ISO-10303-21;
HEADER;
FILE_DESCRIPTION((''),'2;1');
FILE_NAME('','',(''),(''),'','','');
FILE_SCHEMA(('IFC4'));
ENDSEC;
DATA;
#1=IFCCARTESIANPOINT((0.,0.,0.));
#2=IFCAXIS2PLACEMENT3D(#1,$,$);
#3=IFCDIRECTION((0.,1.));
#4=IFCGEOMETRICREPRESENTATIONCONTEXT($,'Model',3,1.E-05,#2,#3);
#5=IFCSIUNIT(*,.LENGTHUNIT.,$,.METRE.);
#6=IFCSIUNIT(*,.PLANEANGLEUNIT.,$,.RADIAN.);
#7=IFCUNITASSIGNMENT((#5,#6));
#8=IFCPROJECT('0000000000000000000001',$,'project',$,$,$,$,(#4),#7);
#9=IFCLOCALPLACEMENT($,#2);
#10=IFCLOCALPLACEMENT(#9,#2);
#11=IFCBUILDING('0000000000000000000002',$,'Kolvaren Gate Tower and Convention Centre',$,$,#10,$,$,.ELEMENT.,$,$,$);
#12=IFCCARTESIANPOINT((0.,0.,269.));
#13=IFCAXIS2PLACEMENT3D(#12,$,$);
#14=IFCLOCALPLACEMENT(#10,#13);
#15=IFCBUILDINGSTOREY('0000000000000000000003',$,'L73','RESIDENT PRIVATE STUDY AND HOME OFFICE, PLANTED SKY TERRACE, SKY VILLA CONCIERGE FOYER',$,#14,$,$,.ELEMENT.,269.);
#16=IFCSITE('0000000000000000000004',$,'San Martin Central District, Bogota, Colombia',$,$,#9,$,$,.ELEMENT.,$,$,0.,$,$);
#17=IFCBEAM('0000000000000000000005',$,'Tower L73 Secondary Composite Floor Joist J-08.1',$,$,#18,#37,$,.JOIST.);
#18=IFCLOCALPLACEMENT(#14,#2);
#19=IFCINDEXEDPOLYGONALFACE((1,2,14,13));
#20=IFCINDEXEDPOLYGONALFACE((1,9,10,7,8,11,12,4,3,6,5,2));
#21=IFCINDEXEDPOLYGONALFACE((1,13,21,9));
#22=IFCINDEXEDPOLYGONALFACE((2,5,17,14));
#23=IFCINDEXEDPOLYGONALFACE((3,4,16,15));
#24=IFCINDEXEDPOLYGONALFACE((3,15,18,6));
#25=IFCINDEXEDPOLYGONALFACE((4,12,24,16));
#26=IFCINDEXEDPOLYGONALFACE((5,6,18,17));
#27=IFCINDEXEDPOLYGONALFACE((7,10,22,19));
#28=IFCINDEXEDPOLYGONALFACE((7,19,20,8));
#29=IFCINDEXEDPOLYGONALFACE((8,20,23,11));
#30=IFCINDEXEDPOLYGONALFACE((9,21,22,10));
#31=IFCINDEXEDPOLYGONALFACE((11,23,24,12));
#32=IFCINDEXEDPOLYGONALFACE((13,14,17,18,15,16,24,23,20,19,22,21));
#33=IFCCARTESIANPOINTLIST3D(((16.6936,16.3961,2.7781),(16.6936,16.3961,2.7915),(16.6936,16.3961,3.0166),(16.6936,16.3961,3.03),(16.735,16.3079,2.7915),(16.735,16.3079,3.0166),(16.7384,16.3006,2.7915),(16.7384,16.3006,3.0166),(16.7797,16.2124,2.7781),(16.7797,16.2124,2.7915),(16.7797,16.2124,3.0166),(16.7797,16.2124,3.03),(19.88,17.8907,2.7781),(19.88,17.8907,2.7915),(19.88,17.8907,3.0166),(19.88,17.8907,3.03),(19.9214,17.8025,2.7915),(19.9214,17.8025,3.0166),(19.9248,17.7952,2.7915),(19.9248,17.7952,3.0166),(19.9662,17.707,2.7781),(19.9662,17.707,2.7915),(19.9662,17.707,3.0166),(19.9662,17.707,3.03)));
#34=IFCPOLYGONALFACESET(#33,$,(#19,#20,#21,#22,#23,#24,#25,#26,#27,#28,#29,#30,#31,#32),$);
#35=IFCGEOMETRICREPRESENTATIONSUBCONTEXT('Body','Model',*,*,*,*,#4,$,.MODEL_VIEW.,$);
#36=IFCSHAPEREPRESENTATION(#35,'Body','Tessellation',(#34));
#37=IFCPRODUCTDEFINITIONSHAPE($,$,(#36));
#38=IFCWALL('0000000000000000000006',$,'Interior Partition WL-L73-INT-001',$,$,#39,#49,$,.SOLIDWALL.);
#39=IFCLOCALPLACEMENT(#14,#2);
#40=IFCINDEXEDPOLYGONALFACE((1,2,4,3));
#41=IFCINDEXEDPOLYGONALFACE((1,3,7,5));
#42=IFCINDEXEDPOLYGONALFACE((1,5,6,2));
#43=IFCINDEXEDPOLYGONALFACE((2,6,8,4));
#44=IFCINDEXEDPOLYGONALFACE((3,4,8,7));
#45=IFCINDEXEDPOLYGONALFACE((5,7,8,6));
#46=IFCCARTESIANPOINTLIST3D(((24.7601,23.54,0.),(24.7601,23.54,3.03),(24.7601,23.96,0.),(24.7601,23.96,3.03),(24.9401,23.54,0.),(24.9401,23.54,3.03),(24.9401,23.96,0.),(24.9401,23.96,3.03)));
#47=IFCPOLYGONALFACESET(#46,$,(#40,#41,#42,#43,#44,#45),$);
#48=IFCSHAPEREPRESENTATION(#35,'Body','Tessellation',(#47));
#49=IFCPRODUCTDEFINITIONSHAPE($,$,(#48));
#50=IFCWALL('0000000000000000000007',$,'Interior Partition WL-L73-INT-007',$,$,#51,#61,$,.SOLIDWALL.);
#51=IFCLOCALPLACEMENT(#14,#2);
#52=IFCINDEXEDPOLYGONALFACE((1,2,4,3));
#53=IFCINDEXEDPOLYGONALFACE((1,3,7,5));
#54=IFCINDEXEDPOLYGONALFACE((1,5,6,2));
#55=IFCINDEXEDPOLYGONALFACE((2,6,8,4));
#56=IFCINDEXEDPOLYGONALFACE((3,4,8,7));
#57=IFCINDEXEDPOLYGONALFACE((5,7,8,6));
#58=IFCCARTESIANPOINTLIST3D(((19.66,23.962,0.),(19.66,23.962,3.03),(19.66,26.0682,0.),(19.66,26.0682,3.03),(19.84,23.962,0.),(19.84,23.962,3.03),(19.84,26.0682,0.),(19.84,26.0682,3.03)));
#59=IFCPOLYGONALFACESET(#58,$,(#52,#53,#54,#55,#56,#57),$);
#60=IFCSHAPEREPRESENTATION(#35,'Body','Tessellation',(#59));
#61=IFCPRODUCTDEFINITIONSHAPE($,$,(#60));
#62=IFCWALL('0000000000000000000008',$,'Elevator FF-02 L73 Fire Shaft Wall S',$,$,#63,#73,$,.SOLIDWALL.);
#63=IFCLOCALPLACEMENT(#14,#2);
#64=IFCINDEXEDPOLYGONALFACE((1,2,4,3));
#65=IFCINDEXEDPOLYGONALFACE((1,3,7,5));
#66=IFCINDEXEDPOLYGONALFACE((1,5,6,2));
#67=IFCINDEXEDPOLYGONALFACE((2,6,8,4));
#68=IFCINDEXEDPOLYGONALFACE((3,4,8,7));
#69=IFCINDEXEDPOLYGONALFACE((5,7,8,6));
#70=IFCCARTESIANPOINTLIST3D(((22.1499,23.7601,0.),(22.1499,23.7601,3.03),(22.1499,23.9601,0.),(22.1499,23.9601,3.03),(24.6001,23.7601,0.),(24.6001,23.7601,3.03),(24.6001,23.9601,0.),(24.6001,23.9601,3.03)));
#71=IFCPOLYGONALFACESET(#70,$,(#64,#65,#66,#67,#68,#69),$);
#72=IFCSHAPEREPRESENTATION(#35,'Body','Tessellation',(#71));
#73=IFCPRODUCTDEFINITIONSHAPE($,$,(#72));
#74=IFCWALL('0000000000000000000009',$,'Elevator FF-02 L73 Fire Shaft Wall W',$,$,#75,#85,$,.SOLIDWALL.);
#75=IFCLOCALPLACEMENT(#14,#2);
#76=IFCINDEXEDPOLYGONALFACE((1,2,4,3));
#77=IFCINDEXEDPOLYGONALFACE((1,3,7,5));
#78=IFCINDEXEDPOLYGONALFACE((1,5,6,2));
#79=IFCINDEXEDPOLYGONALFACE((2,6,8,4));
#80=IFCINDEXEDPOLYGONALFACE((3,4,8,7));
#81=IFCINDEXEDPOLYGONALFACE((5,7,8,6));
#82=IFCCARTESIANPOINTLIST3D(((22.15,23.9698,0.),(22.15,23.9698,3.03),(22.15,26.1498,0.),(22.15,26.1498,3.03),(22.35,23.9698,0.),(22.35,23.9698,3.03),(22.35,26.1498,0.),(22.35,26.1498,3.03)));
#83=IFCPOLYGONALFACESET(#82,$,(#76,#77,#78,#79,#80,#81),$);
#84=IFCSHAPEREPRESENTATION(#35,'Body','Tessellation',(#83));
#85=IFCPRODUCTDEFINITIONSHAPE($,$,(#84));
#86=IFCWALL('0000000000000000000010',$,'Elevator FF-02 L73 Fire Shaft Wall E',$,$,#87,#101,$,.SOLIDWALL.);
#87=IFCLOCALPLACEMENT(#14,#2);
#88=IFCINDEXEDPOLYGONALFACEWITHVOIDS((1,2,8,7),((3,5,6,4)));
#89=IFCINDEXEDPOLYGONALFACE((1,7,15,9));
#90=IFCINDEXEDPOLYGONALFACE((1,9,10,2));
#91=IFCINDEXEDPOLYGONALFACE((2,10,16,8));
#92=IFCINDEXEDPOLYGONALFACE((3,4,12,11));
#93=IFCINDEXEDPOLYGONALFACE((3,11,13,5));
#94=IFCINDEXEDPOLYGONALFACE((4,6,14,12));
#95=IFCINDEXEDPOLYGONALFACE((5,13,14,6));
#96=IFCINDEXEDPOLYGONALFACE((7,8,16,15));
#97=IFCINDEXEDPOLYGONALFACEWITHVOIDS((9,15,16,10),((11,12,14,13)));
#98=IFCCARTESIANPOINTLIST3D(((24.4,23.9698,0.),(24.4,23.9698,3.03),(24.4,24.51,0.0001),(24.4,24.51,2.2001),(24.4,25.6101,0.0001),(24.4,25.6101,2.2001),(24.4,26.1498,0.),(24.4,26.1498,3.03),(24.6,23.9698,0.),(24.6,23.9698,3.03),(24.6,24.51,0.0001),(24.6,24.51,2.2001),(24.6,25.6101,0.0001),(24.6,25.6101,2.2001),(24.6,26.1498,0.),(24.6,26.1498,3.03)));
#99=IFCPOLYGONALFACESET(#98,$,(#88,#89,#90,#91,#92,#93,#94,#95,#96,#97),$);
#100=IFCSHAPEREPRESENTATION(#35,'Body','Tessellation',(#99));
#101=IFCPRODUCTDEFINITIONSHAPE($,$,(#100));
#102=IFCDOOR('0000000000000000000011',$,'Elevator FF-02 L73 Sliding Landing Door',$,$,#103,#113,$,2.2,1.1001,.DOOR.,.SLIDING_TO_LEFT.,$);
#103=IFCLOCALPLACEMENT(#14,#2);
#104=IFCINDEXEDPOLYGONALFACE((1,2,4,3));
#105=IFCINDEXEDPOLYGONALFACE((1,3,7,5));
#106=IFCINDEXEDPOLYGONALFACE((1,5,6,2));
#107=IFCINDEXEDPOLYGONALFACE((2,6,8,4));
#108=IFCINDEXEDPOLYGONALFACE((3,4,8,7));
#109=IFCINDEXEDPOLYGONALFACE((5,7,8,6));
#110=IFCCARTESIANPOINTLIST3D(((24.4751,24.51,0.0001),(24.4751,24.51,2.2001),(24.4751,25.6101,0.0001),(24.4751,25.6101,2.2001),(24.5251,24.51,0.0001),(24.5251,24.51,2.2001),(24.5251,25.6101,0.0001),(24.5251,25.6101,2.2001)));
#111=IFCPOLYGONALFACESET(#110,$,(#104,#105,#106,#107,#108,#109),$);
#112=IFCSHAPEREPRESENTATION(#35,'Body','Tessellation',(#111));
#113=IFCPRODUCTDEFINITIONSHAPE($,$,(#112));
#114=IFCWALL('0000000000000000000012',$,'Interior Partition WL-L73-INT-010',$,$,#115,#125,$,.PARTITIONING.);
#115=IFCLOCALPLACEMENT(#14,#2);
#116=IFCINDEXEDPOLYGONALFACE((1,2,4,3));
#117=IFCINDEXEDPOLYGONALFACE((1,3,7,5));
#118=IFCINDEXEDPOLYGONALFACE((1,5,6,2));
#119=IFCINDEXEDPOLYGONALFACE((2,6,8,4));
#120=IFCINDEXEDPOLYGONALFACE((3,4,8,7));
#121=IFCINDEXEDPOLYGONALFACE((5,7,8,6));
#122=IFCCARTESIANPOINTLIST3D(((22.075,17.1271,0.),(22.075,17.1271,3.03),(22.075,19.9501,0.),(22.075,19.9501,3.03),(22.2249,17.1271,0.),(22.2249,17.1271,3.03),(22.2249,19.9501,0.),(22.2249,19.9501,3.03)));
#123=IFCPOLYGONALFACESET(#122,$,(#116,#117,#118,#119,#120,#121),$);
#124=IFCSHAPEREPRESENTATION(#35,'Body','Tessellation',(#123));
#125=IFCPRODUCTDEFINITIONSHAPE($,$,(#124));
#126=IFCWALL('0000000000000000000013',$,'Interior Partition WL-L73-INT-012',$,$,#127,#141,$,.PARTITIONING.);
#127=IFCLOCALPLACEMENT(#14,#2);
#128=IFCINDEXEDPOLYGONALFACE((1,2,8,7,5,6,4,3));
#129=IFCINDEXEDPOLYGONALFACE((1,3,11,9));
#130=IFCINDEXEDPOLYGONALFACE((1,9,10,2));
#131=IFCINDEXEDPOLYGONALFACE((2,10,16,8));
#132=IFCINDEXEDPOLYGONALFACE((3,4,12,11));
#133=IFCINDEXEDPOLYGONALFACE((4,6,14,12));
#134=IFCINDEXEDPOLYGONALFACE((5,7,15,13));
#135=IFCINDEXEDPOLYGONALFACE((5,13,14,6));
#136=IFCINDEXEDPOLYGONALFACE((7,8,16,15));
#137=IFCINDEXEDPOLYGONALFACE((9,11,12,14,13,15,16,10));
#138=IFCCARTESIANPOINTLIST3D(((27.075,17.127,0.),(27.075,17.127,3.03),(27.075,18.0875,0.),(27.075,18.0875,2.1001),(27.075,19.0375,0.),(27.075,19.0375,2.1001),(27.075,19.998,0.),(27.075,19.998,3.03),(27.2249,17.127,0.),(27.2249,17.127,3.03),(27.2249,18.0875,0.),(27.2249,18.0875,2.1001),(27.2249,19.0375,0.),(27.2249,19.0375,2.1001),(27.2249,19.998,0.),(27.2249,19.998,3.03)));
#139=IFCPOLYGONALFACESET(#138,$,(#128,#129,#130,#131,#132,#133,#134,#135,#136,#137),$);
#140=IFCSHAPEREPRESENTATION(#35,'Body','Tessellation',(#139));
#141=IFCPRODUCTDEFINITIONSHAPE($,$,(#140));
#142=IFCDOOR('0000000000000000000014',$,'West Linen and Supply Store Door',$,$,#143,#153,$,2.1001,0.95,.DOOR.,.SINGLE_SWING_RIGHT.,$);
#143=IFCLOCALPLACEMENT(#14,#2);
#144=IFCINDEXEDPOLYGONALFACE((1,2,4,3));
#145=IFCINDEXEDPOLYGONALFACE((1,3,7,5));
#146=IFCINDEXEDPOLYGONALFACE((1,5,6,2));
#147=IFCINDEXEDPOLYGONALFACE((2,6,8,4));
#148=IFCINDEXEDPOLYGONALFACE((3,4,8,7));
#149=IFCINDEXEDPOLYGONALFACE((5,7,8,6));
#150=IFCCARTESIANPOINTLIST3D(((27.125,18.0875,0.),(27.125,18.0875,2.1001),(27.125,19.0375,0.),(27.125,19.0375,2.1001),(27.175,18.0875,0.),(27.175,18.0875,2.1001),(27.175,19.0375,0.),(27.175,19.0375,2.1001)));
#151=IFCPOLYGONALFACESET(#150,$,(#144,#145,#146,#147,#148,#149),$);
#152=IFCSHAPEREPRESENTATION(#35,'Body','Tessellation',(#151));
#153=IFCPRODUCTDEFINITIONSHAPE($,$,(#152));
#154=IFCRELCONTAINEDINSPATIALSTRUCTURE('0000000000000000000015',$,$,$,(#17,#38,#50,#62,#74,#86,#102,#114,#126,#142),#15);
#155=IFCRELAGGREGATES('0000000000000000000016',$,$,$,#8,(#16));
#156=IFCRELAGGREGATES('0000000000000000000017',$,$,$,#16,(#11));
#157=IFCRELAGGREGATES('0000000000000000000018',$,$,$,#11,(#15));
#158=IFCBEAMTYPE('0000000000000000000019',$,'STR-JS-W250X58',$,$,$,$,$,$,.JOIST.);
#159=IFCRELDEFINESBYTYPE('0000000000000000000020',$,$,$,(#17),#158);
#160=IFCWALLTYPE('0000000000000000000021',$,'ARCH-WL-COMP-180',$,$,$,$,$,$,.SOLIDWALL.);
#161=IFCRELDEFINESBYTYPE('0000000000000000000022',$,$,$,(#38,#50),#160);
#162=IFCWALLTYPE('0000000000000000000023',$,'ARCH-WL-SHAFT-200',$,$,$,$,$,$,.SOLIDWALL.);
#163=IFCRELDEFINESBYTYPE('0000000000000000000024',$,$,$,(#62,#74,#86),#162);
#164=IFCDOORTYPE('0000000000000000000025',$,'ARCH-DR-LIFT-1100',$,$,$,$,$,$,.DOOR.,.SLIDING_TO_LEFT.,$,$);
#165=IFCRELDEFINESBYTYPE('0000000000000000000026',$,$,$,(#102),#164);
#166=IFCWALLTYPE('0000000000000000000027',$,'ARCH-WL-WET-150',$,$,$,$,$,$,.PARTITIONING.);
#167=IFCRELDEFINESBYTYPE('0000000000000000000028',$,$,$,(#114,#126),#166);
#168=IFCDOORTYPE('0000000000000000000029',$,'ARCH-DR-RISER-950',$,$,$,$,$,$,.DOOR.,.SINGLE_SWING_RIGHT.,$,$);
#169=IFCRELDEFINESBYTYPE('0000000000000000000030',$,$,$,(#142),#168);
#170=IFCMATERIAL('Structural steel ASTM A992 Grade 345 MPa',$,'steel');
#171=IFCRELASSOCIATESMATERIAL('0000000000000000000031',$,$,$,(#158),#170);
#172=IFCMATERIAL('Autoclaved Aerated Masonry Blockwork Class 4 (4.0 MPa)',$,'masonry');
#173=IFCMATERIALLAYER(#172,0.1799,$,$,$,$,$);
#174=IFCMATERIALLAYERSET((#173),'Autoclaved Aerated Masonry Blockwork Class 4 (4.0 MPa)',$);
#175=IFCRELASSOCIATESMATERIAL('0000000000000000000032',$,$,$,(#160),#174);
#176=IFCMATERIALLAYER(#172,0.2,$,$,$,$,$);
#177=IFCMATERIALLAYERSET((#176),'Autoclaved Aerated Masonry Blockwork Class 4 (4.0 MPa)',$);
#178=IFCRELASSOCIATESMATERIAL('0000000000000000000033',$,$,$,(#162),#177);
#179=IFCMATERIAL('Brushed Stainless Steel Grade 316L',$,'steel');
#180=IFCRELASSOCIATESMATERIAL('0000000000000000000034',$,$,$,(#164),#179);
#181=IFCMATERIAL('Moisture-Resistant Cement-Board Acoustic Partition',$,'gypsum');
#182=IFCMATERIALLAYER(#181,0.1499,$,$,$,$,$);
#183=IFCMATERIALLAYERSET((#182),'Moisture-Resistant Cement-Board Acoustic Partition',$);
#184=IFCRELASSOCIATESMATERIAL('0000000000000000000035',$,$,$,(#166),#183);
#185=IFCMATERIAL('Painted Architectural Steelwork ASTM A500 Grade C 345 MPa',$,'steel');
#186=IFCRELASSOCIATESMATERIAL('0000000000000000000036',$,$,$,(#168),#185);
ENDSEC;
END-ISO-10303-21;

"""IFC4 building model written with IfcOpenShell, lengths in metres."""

from ifc_helpers import new_model, si_unit, direction, frame, frame_2d, origin, origin_2d, place, context, subcontext, project, spatial, rectangle, i_section, extrude, material, layer, layer_set, material_profile, profile_set, type_object, element, fill, save


model = new_model("IFC4")

# Units and contexts
model_context = context("Model", 3, precision=1e-05, world=origin(), true_north=direction((0.0, 1.0)))
body_context = subcontext(model_context, "Body", "Model", "MODEL_VIEW")
ifc_project = project(units=[si_unit("LENGTHUNIT", "METRE"), si_unit("PLANEANGLEUNIT", "RADIAN")], contexts=[model_context])

# Site, building, storey
site_placement = place(None, origin())
site = spatial("IfcSite", under=ifc_project, at=site_placement, Name="San Martin Central District, Bogota, Colombia", CompositionType="ELEMENT", RefElevation=0.0)
building_placement = place(site_placement, origin())
building = spatial("IfcBuilding", under=site, at=building_placement, Name="Kolvaren Gate Tower and Convention Centre", CompositionType="ELEMENT")
storey_placement = place(building_placement, frame((0.0, 0.0, 269.0)))
storey = spatial("IfcBuildingStorey", under=building, at=storey_placement, Name="L73", Description="RESIDENT PRIVATE STUDY AND HOME OFFICE, PLANTED SKY TERRACE, SKY VILLA CONCIERGE FOYER", CompositionType="ELEMENT", Elevation=269.0)

# Beam
ifc_material_1 = material(Name="Structural steel ASTM A992 Grade 345 MPa", Category="steel")
ifc_material_profile = material_profile(ifc_material_1, i_section(OverallWidth=0.2029, OverallDepth=0.252, WebThickness=0.0081, FlangeThickness=0.0134, at=origin_2d()), Name="W250X58")
ifc_profile_set = profile_set([ifc_material_profile], Name="Structural steel ASTM A992 Grade 345 MPa")
beam_type = type_object("IfcBeamType", Name="STR-JS-W250X58", PredefinedType="JOIST", material=ifc_profile_set)
beam_placement = place(storey_placement, frame((19.9231, 17.7988, 2.9041), z_axis=(-0.905356, -0.424654, 0.0), x_axis=(0.424654, -0.905356, 0.0)))
element("IfcBeam", 1, at=beam_placement, inside=storey, type_object=beam_type, Name="Tower L73 Secondary Composite Floor Joist J-08.1", PredefinedType="JOIST", context=body_context, shape_type="SweptSolid", body=[
    extrude(i_section(OverallWidth=0.2029, OverallDepth=0.252, WebThickness=0.0081, FlangeThickness=0.0134, at=origin_2d()), origin(), (0.0, 0.0, 1.0), 3.5195),
])

# Walls
ifc_material_2 = material(Name="Autoclaved Aerated Masonry Blockwork Class 4 (4.0 MPa)", Category="masonry")
ifc_layer_1 = layer(ifc_material_2, 0.1799)
ifc_layer_set_1 = layer_set([ifc_layer_1], Name="Autoclaved Aerated Masonry Blockwork Class 4 (4.0 MPa)")
wall_type_1 = type_object("IfcWallType", Name="ARCH-WL-COMP-180", PredefinedType="SOLIDWALL", material=ifc_layer_set_1)
wall_1_placement = place(storey_placement, frame((24.8501, 23.54, 0.0), z_axis=(0.0, 0.0, 1.0), x_axis=(0.0, 1.0, 0.0)))
element("IfcWall", 2, at=wall_1_placement, inside=storey, type_object=wall_type_1, Name="Interior Partition WL-L73-INT-001", PredefinedType="SOLIDWALL", context=body_context, shape_type="SweptSolid", body=[
    extrude(rectangle(XDim=0.4199, YDim=0.1799, at=frame_2d((0.21, 0.0))), origin(), (0.0, 0.0, 1.0), 3.03),
])
wall_2_placement = place(storey_placement, frame((19.75, 23.9619, 0.0), z_axis=(0.0, 0.0, 1.0), x_axis=(0.0, 1.0, 0.0)))
element("IfcWall", 3, at=wall_2_placement, inside=storey, type_object=wall_type_1, Name="Interior Partition WL-L73-INT-007", PredefinedType="SOLIDWALL", context=body_context, shape_type="SweptSolid", body=[
    extrude(rectangle(XDim=2.1062, YDim=0.1799, at=frame_2d((1.0532, 0.0))), origin(), (0.0, 0.0, 1.0), 3.03),
])
ifc_layer_2 = layer(ifc_material_2, 0.2)
ifc_layer_set_2 = layer_set([ifc_layer_2], Name="Autoclaved Aerated Masonry Blockwork Class 4 (4.0 MPa)")
wall_type_2 = type_object("IfcWallType", Name="ARCH-WL-SHAFT-200", PredefinedType="SOLIDWALL", material=ifc_layer_set_2)
wall_3_placement = place(storey_placement, frame((22.1499, 23.8601, 0.0), z_axis=(0.0, 0.0, 1.0), x_axis=(1.0, 0.0, 0.0)))
element("IfcWall", 4, at=wall_3_placement, inside=storey, type_object=wall_type_2, Name="Elevator FF-02 L73 Fire Shaft Wall S", PredefinedType="SOLIDWALL", context=body_context, shape_type="SweptSolid", body=[
    extrude(rectangle(XDim=2.4502, YDim=0.2, at=frame_2d((1.2251, 0.0))), origin(), (0.0, 0.0, 1.0), 3.03),
])
wall_4_placement = place(storey_placement, frame((22.25, 23.97, 0.0), z_axis=(0.0, 0.0, 1.0), x_axis=(0.0, 1.0, 0.0)))
element("IfcWall", 5, at=wall_4_placement, inside=storey, type_object=wall_type_2, Name="Elevator FF-02 L73 Fire Shaft Wall W", PredefinedType="SOLIDWALL", context=body_context, shape_type="SweptSolid", body=[
    extrude(rectangle(XDim=2.1799, YDim=0.2, at=frame_2d((1.0898, 0.0))), origin(), (0.0, 0.0, 1.0), 3.03),
])

# Wall, opening, door
wall_5_placement = place(storey_placement, frame((24.5, 23.97, 0.0), z_axis=(0.0, 0.0, 1.0), x_axis=(0.0, 1.0, 0.0)))
wall_5 = element("IfcWall", 6, at=wall_5_placement, inside=storey, type_object=wall_type_2, Name="Elevator FF-02 L73 Fire Shaft Wall E", PredefinedType="SOLIDWALL", context=body_context, shape_type="SweptSolid", body=[
    extrude(rectangle(XDim=2.1799, YDim=0.2, at=frame_2d((1.0898, 0.0))), origin(), (0.0, 0.0, 1.0), 3.03),
])
opening_1_placement = place(wall_5_placement, frame((0.54, 0.0, 0.0)))
opening_1 = element("IfcOpeningElement", 7, at=opening_1_placement, cuts=wall_5, PredefinedType="OPENING", context=body_context, shape_type="SweptSolid", body=[
    extrude(rectangle(XDim=1.1001, YDim=2.2, at=frame_2d((0.55, 1.1001))), frame((0.0, 0.1099, 0.0), z_axis=(0.0, -1.0, 0.0), x_axis=(1.0, 0.0, 0.0)), (0.0, 0.0, 1.0), 0.22),
])
ifc_material_3 = material(Name="Brushed Stainless Steel Grade 316L", Category="steel")
door_type_1 = type_object("IfcDoorType", Name="ARCH-DR-LIFT-1100", OperationType="SLIDING_TO_LEFT", PredefinedType="DOOR", material=ifc_material_3)
door_1_placement = place(opening_1_placement, origin())
door_1 = element("IfcDoor", 8, at=door_1_placement, inside=storey, type_object=door_type_1, Name="Elevator FF-02 L73 Sliding Landing Door", OperationType="SLIDING_TO_LEFT", OverallHeight=2.2, OverallWidth=1.1001, PredefinedType="DOOR", context=body_context, shape_type="SweptSolid", body=[
    extrude(rectangle(XDim=1.1001, YDim=2.2, at=frame_2d((0.55, 1.1001))), frame((0.0, 0.0249, 0.0), z_axis=(0.0, -1.0, 0.0), x_axis=(1.0, 0.0, 0.0)), (0.0, 0.0, 1.0), 0.05),
])
fill(opening_1, door_1)

# Wall
ifc_material_4 = material(Name="Moisture-Resistant Cement-Board Acoustic Partition", Category="gypsum")
ifc_layer_3 = layer(ifc_material_4, 0.1499)
ifc_layer_set_3 = layer_set([ifc_layer_3], Name="Moisture-Resistant Cement-Board Acoustic Partition")
wall_type_3 = type_object("IfcWallType", Name="ARCH-WL-WET-150", PredefinedType="PARTITIONING", material=ifc_layer_set_3)
wall_6_placement = place(storey_placement, frame((22.1499, 17.127, 0.0), z_axis=(0.0, 0.0, 1.0), x_axis=(0.0, 1.0, 0.0)))
element("IfcWall", 9, at=wall_6_placement, inside=storey, type_object=wall_type_3, Name="Interior Partition WL-L73-INT-010", PredefinedType="PARTITIONING", context=body_context, shape_type="SweptSolid", body=[
    extrude(rectangle(XDim=2.823, YDim=0.1499, at=frame_2d((1.4116, 0.0))), origin(), (0.0, 0.0, 1.0), 3.03),
])

# Wall, opening, door
wall_7_placement = place(storey_placement, frame((27.1499, 17.127, 0.0), z_axis=(0.0, 0.0, 1.0), x_axis=(0.0, 1.0, 0.0)))
wall_7 = element("IfcWall", 10, at=wall_7_placement, inside=storey, type_object=wall_type_3, Name="Interior Partition WL-L73-INT-012", PredefinedType="PARTITIONING", context=body_context, shape_type="SweptSolid", body=[
    extrude(rectangle(XDim=2.8711, YDim=0.1499, at=frame_2d((1.4355, 0.0))), origin(), (0.0, 0.0, 1.0), 3.03),
])
opening_2_placement = place(wall_7_placement, frame((0.9604, 0.0, 0.0)))
opening_2 = element("IfcOpeningElement", 11, at=opening_2_placement, cuts=wall_7, PredefinedType="OPENING", context=body_context, shape_type="SweptSolid", body=[
    extrude(rectangle(XDim=0.95, YDim=2.1001, at=frame_2d((0.4751, 1.05))), frame((0.0, 0.085, 0.0), z_axis=(0.0, -1.0, 0.0), x_axis=(1.0, 0.0, 0.0)), (0.0, 0.0, 1.0), 0.1699),
])
ifc_material_5 = material(Name="Painted Architectural Steelwork ASTM A500 Grade C 345 MPa", Category="steel")
door_type_2 = type_object("IfcDoorType", Name="ARCH-DR-RISER-950", OperationType="SINGLE_SWING_RIGHT", PredefinedType="DOOR", material=ifc_material_5)
door_2_placement = place(opening_2_placement, origin())
door_2 = element("IfcDoor", 12, at=door_2_placement, inside=storey, type_object=door_type_2, Name="West Linen and Supply Store Door", OperationType="SINGLE_SWING_RIGHT", OverallHeight=2.1001, OverallWidth=0.95, PredefinedType="DOOR", context=body_context, shape_type="SweptSolid", body=[
    extrude(rectangle(XDim=0.95, YDim=2.1001, at=frame_2d((0.4751, 1.05))), frame((0.0, 0.0249, 0.0), z_axis=(0.0, -1.0, 0.0), x_axis=(1.0, 0.0, 0.0)), (0.0, 0.0, 1.0), 0.05),
])
fill(opening_2, door_2)

save(model, "model.ifc")
